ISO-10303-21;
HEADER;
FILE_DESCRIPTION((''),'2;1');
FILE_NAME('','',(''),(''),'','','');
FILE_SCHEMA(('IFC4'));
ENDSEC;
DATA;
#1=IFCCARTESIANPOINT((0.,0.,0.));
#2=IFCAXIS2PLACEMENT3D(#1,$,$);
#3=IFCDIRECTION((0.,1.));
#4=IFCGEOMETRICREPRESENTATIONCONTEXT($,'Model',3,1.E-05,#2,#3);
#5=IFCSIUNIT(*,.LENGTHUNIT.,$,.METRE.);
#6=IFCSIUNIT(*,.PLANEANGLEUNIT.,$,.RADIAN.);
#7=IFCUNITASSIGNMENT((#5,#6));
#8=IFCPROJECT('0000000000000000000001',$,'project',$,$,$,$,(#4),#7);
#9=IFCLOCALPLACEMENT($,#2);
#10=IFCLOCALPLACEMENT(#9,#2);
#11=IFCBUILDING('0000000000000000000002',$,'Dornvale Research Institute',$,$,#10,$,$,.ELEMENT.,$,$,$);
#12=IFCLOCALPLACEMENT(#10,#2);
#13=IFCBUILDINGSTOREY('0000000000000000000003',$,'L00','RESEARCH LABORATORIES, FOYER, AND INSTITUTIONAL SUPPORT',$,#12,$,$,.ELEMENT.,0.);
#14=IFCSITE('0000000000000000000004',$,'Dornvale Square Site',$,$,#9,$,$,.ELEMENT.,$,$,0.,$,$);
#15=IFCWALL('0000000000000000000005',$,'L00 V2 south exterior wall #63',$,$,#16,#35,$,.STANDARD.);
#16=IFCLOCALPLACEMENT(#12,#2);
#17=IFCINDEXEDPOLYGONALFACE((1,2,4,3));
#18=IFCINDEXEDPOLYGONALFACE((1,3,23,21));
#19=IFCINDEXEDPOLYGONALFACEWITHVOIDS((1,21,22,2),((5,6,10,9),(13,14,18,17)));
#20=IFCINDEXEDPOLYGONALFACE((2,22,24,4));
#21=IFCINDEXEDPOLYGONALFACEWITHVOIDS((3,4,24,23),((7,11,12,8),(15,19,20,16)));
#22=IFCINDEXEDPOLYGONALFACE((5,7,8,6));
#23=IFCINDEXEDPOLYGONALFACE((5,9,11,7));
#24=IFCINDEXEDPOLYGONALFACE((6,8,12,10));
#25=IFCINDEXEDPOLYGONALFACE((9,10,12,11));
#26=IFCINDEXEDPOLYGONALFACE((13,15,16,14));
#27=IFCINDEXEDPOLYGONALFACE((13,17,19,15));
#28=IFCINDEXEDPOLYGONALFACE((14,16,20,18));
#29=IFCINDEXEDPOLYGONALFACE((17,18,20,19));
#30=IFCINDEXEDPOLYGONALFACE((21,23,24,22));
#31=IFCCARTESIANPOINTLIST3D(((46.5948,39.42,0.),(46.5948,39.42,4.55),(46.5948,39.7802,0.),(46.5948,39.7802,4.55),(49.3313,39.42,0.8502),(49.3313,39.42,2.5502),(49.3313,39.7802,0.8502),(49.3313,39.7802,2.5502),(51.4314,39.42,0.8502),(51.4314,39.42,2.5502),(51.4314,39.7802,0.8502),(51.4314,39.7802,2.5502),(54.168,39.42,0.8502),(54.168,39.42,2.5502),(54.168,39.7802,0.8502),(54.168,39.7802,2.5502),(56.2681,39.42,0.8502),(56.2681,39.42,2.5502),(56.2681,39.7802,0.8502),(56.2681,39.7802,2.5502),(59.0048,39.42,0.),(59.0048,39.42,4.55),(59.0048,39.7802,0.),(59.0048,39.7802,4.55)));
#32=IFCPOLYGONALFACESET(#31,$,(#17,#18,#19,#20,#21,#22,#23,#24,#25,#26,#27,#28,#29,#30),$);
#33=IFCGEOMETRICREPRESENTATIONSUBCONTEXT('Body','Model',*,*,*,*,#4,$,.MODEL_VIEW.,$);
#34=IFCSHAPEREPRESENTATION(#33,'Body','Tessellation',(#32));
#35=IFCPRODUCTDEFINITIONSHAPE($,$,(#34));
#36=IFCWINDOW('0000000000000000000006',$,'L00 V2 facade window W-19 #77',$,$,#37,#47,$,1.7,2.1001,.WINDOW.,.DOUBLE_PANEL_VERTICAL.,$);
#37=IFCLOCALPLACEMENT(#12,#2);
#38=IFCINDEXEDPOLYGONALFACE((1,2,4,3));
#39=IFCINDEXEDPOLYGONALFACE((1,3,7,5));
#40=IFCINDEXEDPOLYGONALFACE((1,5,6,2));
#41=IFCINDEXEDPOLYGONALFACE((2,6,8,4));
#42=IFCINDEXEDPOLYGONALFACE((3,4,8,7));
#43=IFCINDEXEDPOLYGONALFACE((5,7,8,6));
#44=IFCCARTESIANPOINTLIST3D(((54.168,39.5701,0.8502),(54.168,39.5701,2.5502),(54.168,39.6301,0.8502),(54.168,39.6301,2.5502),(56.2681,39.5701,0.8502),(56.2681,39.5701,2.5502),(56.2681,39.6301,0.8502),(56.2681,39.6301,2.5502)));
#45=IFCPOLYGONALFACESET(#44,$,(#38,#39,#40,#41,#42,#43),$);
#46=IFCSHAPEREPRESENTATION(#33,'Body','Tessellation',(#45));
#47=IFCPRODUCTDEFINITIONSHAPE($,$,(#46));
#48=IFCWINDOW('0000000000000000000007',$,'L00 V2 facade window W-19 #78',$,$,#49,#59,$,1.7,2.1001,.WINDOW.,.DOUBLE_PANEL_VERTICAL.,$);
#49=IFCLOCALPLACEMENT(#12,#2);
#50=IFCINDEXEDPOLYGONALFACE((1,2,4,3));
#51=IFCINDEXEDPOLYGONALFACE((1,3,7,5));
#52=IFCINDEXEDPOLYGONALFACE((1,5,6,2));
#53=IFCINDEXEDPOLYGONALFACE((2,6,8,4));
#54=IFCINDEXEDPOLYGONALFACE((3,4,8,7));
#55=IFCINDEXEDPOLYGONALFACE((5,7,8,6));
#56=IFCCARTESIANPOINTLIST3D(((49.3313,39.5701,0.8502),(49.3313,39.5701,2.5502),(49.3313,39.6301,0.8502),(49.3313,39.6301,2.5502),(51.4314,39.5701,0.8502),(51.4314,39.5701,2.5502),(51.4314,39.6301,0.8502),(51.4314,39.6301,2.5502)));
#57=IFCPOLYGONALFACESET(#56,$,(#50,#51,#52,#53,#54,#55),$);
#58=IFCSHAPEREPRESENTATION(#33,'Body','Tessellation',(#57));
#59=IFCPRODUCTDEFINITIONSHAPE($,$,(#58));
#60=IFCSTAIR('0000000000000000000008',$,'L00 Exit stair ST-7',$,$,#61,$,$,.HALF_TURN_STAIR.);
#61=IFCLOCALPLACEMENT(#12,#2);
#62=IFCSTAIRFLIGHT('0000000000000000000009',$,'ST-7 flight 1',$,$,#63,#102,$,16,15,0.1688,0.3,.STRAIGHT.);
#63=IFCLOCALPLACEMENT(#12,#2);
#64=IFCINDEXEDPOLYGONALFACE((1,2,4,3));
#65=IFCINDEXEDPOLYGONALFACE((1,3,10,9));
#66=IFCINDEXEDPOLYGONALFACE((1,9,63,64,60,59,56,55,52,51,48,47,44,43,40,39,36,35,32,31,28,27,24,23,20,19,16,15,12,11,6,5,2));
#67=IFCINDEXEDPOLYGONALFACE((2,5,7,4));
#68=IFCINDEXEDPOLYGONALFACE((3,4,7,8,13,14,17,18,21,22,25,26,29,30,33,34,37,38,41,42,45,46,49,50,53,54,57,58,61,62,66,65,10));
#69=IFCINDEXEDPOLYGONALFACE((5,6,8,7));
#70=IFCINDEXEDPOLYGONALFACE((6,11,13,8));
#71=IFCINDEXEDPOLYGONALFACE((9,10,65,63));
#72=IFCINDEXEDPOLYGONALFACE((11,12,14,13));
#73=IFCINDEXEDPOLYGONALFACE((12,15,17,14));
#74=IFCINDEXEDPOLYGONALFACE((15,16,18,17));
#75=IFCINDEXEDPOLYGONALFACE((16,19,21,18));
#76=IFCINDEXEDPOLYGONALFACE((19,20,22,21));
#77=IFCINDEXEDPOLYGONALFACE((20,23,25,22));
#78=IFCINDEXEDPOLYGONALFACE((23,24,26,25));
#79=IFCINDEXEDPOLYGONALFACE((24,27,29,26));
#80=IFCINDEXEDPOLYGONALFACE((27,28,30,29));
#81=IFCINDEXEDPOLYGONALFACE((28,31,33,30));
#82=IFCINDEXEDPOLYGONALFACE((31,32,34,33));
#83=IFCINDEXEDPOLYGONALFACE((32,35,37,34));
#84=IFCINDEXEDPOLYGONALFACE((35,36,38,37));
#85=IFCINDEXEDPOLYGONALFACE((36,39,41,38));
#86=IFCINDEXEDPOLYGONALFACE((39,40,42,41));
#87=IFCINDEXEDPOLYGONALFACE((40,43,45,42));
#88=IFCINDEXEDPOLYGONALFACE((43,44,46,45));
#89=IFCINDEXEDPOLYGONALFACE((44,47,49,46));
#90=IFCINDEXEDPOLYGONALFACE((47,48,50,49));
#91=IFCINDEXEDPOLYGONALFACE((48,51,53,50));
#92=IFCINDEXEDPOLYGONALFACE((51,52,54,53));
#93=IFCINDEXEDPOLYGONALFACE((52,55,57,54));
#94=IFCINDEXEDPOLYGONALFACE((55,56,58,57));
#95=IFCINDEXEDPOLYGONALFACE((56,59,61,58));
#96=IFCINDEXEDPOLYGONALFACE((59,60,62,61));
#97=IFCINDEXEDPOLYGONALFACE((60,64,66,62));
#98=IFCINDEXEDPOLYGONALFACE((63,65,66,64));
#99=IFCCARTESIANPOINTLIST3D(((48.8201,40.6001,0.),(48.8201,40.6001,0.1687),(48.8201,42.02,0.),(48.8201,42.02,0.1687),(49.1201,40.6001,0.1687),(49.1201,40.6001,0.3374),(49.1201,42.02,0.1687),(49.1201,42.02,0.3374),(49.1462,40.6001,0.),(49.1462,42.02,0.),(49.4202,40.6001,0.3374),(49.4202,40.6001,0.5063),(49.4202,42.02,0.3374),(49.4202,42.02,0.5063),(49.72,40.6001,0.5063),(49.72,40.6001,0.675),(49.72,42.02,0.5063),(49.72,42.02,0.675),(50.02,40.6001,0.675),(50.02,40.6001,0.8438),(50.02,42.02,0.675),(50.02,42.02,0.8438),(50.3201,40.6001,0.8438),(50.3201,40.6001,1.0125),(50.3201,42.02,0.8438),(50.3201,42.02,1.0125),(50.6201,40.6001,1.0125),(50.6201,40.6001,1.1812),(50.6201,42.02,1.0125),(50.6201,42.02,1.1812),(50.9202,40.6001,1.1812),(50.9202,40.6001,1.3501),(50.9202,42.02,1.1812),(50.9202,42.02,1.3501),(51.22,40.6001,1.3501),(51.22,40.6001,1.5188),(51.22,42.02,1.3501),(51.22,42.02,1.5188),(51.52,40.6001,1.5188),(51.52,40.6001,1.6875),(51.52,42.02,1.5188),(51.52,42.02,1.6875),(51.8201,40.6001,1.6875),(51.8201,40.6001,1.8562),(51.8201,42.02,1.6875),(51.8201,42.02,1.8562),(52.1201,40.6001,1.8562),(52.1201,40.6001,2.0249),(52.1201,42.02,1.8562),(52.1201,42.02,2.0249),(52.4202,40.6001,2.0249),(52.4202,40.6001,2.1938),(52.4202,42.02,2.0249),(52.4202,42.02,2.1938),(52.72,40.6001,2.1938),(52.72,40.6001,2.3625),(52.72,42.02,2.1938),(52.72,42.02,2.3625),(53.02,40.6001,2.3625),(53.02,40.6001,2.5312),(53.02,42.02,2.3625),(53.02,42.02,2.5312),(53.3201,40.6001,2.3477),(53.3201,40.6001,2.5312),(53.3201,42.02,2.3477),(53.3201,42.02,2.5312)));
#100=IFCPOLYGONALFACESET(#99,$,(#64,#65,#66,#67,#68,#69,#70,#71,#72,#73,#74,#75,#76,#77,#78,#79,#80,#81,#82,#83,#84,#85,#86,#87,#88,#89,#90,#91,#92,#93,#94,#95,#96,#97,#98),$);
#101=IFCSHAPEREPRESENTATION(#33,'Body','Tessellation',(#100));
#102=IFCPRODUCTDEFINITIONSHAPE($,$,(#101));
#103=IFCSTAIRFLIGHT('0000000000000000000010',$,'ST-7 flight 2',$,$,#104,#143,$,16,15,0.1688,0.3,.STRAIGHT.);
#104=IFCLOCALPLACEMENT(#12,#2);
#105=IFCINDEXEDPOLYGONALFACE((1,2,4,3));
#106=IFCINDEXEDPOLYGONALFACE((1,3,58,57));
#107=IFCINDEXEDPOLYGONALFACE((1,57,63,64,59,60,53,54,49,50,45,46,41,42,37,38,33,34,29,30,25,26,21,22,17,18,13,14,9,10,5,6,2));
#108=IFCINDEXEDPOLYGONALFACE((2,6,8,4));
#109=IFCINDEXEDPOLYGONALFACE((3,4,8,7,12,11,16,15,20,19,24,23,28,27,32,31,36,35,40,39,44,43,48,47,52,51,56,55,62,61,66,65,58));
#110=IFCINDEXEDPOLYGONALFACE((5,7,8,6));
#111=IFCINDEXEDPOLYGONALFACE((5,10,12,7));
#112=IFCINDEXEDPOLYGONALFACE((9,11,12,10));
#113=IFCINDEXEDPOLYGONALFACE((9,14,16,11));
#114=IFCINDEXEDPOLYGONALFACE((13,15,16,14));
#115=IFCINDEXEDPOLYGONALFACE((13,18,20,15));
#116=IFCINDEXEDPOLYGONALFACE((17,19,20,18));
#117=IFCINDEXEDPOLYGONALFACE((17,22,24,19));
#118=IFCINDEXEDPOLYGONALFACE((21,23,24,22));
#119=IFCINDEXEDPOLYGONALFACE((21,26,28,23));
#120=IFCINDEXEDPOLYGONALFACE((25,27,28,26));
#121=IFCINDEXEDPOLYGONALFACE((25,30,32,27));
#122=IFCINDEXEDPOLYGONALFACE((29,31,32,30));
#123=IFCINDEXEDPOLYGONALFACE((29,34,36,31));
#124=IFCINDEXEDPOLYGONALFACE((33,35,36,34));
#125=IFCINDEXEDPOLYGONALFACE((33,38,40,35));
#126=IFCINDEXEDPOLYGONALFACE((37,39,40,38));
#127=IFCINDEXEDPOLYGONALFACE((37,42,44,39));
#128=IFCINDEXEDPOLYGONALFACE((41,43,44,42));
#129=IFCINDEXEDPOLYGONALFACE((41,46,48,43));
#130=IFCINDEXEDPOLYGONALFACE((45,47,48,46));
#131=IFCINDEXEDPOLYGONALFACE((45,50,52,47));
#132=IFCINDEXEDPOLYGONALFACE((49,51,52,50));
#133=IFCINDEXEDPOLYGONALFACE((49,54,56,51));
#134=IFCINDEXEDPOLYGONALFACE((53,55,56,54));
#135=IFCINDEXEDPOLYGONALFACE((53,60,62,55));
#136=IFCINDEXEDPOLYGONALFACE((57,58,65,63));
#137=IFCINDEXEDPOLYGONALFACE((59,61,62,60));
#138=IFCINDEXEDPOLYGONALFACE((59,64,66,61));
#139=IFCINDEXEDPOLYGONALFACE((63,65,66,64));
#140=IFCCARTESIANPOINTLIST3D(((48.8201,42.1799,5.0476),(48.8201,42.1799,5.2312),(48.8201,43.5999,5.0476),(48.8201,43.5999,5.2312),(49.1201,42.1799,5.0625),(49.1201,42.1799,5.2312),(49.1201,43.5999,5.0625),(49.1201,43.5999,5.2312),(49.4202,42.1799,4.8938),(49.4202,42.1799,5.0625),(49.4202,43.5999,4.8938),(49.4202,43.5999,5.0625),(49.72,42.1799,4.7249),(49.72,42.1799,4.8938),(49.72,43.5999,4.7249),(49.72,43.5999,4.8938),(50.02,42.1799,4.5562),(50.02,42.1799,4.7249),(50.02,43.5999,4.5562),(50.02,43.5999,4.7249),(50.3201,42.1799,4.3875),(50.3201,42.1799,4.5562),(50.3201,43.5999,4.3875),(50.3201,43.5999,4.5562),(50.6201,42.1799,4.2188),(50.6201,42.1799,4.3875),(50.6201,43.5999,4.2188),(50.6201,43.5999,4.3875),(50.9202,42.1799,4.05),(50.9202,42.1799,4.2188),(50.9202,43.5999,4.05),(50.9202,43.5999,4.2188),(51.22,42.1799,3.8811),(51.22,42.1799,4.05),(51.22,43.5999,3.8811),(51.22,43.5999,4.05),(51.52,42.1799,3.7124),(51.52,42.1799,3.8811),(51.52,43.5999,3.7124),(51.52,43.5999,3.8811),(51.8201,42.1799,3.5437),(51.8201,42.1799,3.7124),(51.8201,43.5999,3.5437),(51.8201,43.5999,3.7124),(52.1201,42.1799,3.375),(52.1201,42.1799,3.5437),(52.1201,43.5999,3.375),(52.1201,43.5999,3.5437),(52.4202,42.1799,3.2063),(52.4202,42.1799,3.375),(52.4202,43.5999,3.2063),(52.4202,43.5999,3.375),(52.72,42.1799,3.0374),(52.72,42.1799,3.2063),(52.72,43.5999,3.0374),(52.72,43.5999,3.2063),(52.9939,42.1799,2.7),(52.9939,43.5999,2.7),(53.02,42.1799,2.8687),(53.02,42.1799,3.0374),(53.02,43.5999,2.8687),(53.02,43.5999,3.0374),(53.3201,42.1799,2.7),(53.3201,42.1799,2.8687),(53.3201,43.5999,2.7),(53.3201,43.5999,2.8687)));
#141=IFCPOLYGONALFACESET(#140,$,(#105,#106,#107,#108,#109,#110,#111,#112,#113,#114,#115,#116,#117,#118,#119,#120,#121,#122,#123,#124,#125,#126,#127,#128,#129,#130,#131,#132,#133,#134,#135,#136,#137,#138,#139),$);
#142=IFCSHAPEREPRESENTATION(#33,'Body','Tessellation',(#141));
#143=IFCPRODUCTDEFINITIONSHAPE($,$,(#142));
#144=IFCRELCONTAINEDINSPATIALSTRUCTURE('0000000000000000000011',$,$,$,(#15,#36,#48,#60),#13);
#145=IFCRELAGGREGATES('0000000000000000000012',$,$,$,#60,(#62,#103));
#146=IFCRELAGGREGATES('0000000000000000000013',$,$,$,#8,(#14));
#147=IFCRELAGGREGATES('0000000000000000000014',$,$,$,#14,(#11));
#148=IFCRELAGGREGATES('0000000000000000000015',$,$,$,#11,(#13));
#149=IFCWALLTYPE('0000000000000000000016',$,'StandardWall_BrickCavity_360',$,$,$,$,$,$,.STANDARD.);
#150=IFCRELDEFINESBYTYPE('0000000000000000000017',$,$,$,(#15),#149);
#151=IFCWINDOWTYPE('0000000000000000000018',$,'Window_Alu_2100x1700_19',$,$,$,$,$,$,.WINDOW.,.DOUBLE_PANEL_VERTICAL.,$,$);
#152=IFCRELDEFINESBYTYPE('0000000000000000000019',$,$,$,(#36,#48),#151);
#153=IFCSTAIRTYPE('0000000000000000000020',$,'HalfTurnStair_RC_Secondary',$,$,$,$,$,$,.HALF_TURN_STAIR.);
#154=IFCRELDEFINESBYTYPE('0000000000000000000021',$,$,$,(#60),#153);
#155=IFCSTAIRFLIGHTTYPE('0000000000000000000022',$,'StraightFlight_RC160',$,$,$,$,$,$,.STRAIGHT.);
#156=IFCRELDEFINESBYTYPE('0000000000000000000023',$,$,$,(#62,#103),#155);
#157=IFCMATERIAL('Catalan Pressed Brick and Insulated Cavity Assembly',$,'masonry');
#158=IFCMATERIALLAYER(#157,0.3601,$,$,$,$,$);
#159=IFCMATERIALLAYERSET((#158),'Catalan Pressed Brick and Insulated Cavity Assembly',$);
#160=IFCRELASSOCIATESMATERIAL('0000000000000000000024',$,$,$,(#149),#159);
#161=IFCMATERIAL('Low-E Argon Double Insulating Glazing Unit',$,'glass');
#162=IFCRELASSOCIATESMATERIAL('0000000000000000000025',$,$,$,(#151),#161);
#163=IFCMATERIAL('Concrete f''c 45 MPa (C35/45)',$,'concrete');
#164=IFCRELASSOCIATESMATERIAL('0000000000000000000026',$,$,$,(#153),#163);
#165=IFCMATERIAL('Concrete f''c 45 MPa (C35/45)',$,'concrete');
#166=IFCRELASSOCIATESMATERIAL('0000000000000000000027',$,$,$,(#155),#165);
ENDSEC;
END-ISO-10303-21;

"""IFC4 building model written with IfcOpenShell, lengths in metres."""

from ifc_helpers import new_model, si_unit, direction, frame, frame_2d, origin, place, context, subcontext, project, spatial, polyline, rectangle, outline, extrude, material, layer, layer_set, type_object, element, fill, aggregate, save


model = new_model("IFC4")

# Units and contexts
model_context = context("Model", 3, precision=1e-05, world=origin(), true_north=direction((0.0, 1.0)))
body_context = subcontext(model_context, "Body", "Model", "MODEL_VIEW")
ifc_project = project(units=[si_unit("LENGTHUNIT", "METRE"), si_unit("PLANEANGLEUNIT", "RADIAN")], contexts=[model_context])

# Site, building, storey
site_placement = place(None, origin())
site = spatial("IfcSite", under=ifc_project, at=site_placement, Name="Dornvale Square Site", CompositionType="ELEMENT", RefElevation=0.0)
building_placement = place(site_placement, origin())
building = spatial("IfcBuilding", under=site, at=building_placement, Name="Dornvale Research Institute", CompositionType="ELEMENT")
storey_placement = place(building_placement, origin())
storey = spatial("IfcBuildingStorey", under=building, at=storey_placement, Name="L00", Description="RESEARCH LABORATORIES, FOYER, AND INSTITUTIONAL SUPPORT", CompositionType="ELEMENT", Elevation=0.0)

# Wall, openings, windows
ifc_material_1 = material(Name="Catalan Pressed Brick and Insulated Cavity Assembly", Category="masonry")
ifc_layer_1 = layer(ifc_material_1, 0.3601)
ifc_layer_set_1 = layer_set([ifc_layer_1], Name="Catalan Pressed Brick and Insulated Cavity Assembly")
wall_type_1 = type_object("IfcWallType", Name="StandardWall_BrickCavity_360", PredefinedType="STANDARD", material=ifc_layer_set_1)
wall_1_placement = place(storey_placement, frame((59.0049, 39.6001, 0.0), z_axis=(0.0, 0.0, 1.0), x_axis=(-1.0, 0.0, 0.0)))
wall_1 = element("IfcWall", 1, at=wall_1_placement, inside=storey, type_object=wall_type_1, Name="L00 V2 south exterior wall #63", PredefinedType="STANDARD", context=body_context, shape_type="SweptSolid", body=[
    extrude(rectangle(XDim=12.4099, YDim=0.3601, at=frame_2d((6.2051, 0.0))), origin(), (0.0, 0.0, 1.0), 4.55),
])
opening_1_placement = place(wall_1_placement, frame((2.7368, 0.0, 0.8501)))
opening_1 = element("IfcOpeningElement", 2, at=opening_1_placement, cuts=wall_1, PredefinedType="OPENING", context=body_context, shape_type="SweptSolid", body=[
    extrude(rectangle(XDim=2.1001, YDim=1.7, at=frame_2d((1.05, 0.8501))), frame((0.0, 0.1951, 0.0), z_axis=(0.0, -1.0, 0.0), x_axis=(1.0, 0.0, 0.0)), (0.0, 0.0, 1.0), 0.3901),
])
opening_2_placement = place(wall_1_placement, frame((7.5735, 0.0, 0.8501)))
opening_2 = element("IfcOpeningElement", 3, at=opening_2_placement, cuts=wall_1, PredefinedType="OPENING", context=body_context, shape_type="SweptSolid", body=[
    extrude(rectangle(XDim=2.1001, YDim=1.7, at=frame_2d((1.05, 0.8501))), frame((0.0, 0.1951, 0.0), z_axis=(0.0, -1.0, 0.0), x_axis=(1.0, 0.0, 0.0)), (0.0, 0.0, 1.0), 0.3901),
])
ifc_material_2 = material(Name="Low-E Argon Double Insulating Glazing Unit", Category="glass")
window_type = type_object("IfcWindowType", Name="Window_Alu_2100x1700_19", PartitioningType="DOUBLE_PANEL_VERTICAL", PredefinedType="WINDOW", material=ifc_material_2)
window_1_placement = place(opening_1_placement, origin())
window_1 = element("IfcWindow", 4, at=window_1_placement, inside=storey, type_object=window_type, Name="L00 V2 facade window W-19 #77", OverallHeight=1.7, OverallWidth=2.1001, PartitioningType="DOUBLE_PANEL_VERTICAL", PredefinedType="WINDOW", context=body_context, shape_type="SweptSolid", body=[
    extrude(rectangle(XDim=2.1001, YDim=1.7, at=frame_2d((1.05, 0.8501))), frame((0.0, 0.03, 0.0), z_axis=(0.0, -1.0, 0.0), x_axis=(1.0, 0.0, 0.0)), (0.0, 0.0, 1.0), 0.0601),
])
fill(opening_1, window_1)
window_2_placement = place(opening_2_placement, origin())
window_2 = element("IfcWindow", 5, at=window_2_placement, inside=storey, type_object=window_type, Name="L00 V2 facade window W-19 #78", OverallHeight=1.7, OverallWidth=2.1001, PartitioningType="DOUBLE_PANEL_VERTICAL", PredefinedType="WINDOW", context=body_context, shape_type="SweptSolid", body=[
    extrude(rectangle(XDim=2.1001, YDim=1.7, at=frame_2d((1.05, 0.8501))), frame((0.0, 0.03, 0.0), z_axis=(0.0, -1.0, 0.0), x_axis=(1.0, 0.0, 0.0)), (0.0, 0.0, 1.0), 0.0601),
])
fill(opening_2, window_2)

# Stair, stair flights
ifc_material_3 = material(Name="Concrete f'c 45 MPa (C35/45)", Category="concrete")
stair_type = type_object("IfcStairType", Name="HalfTurnStair_RC_Secondary", PredefinedType="HALF_TURN_STAIR", material=ifc_material_3)
stair_placement = place(storey_placement, origin())
stair = element("IfcStair", 6, at=stair_placement, inside=storey, type_object=stair_type, Name="L00 Exit stair ST-7", PredefinedType="HALF_TURN_STAIR")
ifc_material_4 = material(Name="Concrete f'c 45 MPa (C35/45)", Category="concrete")
stair_flight_type = type_object("IfcStairFlightType", Name="StraightFlight_RC160", PredefinedType="STRAIGHT", material=ifc_material_4)
stair_flight_1_placement = place(storey_placement, frame((48.8201, 41.3101, 0.0), z_axis=(0.0, 0.0, 1.0), x_axis=(1.0, 0.0, 0.0)))
stair_flight_1 = element("IfcStairFlight", 7, at=stair_flight_1_placement, type_object=stair_flight_type, Name="ST-7 flight 1", NumberOfRisers=16, NumberOfTreads=15, PredefinedType="STRAIGHT", RiserHeight=0.1688, TreadLength=0.3, context=body_context, shape_type="SweptSolid", body=[
    extrude(outline(polyline([(0.0, 0.0), (0.0, 0.1687), (0.3, 0.1687), (0.3, 0.3374), (0.6001, 0.3374), (0.6001, 0.5063), (0.8999, 0.5063), (0.8999, 0.675), (1.2, 0.675), (1.2, 0.8438), (1.5, 0.8438), (1.5, 1.0125), (1.8, 1.0125), (1.8, 1.1812), (2.1001, 1.1812), (2.1001, 1.3501), (2.3999, 1.3501), (2.3999, 1.5188), (2.7, 1.5188), (2.7, 1.6875), (3.0, 1.6875), (3.0, 1.8562), (3.3, 1.8562), (3.3, 2.0249), (3.6001, 2.0249), (3.6001, 2.1938), (3.8999, 2.1938), (3.8999, 2.3625), (4.2, 2.3625), (4.2, 2.5312), (4.5, 2.5312), (4.5, 2.7), (4.5, 2.3477), (0.3262, 0.0), (0.0, 0.0)])), frame((0.0, 0.71, 0.0), z_axis=(0.0, -1.0, 0.0), x_axis=(1.0, 0.0, 0.0)), (0.0, 0.0, 1.0), 1.4199),
])
stair_flight_2_placement = place(storey_placement, frame((53.3201, 42.8899, 2.7), z_axis=(0.0, 0.0, 1.0), x_axis=(-1.0, 0.0, 0.0)))
stair_flight_2 = element("IfcStairFlight", 8, at=stair_flight_2_placement, type_object=stair_flight_type, Name="ST-7 flight 2", NumberOfRisers=16, NumberOfTreads=15, PredefinedType="STRAIGHT", RiserHeight=0.1688, TreadLength=0.3, context=body_context, shape_type="SweptSolid", body=[
    extrude(outline(polyline([(0.0, 0.0), (0.0, 0.1687), (0.3, 0.1687), (0.3, 0.3374), (0.6001, 0.3374), (0.6001, 0.5063), (0.8999, 0.5063), (0.8999, 0.675), (1.2, 0.675), (1.2, 0.8438), (1.5, 0.8438), (1.5, 1.0125), (1.8, 1.0125), (1.8, 1.1812), (2.1001, 1.1812), (2.1001, 1.3501), (2.3999, 1.3501), (2.3999, 1.5188), (2.7, 1.5188), (2.7, 1.6875), (3.0, 1.6875), (3.0, 1.8562), (3.3, 1.8562), (3.3, 2.0249), (3.6001, 2.0249), (3.6001, 2.1938), (3.8999, 2.1938), (3.8999, 2.3625), (4.2, 2.3625), (4.2, 2.5312), (4.5, 2.5312), (4.5, 2.7), (4.5, 2.3477), (0.3262, 0.0), (0.0, 0.0)])), frame((0.0, 0.71, 0.0), z_axis=(0.0, -1.0, 0.0), x_axis=(1.0, 0.0, 0.0)), (0.0, 0.0, 1.0), 1.4199),
])
aggregate(stair, [stair_flight_1, stair_flight_2])

save(model, "model.ifc")
